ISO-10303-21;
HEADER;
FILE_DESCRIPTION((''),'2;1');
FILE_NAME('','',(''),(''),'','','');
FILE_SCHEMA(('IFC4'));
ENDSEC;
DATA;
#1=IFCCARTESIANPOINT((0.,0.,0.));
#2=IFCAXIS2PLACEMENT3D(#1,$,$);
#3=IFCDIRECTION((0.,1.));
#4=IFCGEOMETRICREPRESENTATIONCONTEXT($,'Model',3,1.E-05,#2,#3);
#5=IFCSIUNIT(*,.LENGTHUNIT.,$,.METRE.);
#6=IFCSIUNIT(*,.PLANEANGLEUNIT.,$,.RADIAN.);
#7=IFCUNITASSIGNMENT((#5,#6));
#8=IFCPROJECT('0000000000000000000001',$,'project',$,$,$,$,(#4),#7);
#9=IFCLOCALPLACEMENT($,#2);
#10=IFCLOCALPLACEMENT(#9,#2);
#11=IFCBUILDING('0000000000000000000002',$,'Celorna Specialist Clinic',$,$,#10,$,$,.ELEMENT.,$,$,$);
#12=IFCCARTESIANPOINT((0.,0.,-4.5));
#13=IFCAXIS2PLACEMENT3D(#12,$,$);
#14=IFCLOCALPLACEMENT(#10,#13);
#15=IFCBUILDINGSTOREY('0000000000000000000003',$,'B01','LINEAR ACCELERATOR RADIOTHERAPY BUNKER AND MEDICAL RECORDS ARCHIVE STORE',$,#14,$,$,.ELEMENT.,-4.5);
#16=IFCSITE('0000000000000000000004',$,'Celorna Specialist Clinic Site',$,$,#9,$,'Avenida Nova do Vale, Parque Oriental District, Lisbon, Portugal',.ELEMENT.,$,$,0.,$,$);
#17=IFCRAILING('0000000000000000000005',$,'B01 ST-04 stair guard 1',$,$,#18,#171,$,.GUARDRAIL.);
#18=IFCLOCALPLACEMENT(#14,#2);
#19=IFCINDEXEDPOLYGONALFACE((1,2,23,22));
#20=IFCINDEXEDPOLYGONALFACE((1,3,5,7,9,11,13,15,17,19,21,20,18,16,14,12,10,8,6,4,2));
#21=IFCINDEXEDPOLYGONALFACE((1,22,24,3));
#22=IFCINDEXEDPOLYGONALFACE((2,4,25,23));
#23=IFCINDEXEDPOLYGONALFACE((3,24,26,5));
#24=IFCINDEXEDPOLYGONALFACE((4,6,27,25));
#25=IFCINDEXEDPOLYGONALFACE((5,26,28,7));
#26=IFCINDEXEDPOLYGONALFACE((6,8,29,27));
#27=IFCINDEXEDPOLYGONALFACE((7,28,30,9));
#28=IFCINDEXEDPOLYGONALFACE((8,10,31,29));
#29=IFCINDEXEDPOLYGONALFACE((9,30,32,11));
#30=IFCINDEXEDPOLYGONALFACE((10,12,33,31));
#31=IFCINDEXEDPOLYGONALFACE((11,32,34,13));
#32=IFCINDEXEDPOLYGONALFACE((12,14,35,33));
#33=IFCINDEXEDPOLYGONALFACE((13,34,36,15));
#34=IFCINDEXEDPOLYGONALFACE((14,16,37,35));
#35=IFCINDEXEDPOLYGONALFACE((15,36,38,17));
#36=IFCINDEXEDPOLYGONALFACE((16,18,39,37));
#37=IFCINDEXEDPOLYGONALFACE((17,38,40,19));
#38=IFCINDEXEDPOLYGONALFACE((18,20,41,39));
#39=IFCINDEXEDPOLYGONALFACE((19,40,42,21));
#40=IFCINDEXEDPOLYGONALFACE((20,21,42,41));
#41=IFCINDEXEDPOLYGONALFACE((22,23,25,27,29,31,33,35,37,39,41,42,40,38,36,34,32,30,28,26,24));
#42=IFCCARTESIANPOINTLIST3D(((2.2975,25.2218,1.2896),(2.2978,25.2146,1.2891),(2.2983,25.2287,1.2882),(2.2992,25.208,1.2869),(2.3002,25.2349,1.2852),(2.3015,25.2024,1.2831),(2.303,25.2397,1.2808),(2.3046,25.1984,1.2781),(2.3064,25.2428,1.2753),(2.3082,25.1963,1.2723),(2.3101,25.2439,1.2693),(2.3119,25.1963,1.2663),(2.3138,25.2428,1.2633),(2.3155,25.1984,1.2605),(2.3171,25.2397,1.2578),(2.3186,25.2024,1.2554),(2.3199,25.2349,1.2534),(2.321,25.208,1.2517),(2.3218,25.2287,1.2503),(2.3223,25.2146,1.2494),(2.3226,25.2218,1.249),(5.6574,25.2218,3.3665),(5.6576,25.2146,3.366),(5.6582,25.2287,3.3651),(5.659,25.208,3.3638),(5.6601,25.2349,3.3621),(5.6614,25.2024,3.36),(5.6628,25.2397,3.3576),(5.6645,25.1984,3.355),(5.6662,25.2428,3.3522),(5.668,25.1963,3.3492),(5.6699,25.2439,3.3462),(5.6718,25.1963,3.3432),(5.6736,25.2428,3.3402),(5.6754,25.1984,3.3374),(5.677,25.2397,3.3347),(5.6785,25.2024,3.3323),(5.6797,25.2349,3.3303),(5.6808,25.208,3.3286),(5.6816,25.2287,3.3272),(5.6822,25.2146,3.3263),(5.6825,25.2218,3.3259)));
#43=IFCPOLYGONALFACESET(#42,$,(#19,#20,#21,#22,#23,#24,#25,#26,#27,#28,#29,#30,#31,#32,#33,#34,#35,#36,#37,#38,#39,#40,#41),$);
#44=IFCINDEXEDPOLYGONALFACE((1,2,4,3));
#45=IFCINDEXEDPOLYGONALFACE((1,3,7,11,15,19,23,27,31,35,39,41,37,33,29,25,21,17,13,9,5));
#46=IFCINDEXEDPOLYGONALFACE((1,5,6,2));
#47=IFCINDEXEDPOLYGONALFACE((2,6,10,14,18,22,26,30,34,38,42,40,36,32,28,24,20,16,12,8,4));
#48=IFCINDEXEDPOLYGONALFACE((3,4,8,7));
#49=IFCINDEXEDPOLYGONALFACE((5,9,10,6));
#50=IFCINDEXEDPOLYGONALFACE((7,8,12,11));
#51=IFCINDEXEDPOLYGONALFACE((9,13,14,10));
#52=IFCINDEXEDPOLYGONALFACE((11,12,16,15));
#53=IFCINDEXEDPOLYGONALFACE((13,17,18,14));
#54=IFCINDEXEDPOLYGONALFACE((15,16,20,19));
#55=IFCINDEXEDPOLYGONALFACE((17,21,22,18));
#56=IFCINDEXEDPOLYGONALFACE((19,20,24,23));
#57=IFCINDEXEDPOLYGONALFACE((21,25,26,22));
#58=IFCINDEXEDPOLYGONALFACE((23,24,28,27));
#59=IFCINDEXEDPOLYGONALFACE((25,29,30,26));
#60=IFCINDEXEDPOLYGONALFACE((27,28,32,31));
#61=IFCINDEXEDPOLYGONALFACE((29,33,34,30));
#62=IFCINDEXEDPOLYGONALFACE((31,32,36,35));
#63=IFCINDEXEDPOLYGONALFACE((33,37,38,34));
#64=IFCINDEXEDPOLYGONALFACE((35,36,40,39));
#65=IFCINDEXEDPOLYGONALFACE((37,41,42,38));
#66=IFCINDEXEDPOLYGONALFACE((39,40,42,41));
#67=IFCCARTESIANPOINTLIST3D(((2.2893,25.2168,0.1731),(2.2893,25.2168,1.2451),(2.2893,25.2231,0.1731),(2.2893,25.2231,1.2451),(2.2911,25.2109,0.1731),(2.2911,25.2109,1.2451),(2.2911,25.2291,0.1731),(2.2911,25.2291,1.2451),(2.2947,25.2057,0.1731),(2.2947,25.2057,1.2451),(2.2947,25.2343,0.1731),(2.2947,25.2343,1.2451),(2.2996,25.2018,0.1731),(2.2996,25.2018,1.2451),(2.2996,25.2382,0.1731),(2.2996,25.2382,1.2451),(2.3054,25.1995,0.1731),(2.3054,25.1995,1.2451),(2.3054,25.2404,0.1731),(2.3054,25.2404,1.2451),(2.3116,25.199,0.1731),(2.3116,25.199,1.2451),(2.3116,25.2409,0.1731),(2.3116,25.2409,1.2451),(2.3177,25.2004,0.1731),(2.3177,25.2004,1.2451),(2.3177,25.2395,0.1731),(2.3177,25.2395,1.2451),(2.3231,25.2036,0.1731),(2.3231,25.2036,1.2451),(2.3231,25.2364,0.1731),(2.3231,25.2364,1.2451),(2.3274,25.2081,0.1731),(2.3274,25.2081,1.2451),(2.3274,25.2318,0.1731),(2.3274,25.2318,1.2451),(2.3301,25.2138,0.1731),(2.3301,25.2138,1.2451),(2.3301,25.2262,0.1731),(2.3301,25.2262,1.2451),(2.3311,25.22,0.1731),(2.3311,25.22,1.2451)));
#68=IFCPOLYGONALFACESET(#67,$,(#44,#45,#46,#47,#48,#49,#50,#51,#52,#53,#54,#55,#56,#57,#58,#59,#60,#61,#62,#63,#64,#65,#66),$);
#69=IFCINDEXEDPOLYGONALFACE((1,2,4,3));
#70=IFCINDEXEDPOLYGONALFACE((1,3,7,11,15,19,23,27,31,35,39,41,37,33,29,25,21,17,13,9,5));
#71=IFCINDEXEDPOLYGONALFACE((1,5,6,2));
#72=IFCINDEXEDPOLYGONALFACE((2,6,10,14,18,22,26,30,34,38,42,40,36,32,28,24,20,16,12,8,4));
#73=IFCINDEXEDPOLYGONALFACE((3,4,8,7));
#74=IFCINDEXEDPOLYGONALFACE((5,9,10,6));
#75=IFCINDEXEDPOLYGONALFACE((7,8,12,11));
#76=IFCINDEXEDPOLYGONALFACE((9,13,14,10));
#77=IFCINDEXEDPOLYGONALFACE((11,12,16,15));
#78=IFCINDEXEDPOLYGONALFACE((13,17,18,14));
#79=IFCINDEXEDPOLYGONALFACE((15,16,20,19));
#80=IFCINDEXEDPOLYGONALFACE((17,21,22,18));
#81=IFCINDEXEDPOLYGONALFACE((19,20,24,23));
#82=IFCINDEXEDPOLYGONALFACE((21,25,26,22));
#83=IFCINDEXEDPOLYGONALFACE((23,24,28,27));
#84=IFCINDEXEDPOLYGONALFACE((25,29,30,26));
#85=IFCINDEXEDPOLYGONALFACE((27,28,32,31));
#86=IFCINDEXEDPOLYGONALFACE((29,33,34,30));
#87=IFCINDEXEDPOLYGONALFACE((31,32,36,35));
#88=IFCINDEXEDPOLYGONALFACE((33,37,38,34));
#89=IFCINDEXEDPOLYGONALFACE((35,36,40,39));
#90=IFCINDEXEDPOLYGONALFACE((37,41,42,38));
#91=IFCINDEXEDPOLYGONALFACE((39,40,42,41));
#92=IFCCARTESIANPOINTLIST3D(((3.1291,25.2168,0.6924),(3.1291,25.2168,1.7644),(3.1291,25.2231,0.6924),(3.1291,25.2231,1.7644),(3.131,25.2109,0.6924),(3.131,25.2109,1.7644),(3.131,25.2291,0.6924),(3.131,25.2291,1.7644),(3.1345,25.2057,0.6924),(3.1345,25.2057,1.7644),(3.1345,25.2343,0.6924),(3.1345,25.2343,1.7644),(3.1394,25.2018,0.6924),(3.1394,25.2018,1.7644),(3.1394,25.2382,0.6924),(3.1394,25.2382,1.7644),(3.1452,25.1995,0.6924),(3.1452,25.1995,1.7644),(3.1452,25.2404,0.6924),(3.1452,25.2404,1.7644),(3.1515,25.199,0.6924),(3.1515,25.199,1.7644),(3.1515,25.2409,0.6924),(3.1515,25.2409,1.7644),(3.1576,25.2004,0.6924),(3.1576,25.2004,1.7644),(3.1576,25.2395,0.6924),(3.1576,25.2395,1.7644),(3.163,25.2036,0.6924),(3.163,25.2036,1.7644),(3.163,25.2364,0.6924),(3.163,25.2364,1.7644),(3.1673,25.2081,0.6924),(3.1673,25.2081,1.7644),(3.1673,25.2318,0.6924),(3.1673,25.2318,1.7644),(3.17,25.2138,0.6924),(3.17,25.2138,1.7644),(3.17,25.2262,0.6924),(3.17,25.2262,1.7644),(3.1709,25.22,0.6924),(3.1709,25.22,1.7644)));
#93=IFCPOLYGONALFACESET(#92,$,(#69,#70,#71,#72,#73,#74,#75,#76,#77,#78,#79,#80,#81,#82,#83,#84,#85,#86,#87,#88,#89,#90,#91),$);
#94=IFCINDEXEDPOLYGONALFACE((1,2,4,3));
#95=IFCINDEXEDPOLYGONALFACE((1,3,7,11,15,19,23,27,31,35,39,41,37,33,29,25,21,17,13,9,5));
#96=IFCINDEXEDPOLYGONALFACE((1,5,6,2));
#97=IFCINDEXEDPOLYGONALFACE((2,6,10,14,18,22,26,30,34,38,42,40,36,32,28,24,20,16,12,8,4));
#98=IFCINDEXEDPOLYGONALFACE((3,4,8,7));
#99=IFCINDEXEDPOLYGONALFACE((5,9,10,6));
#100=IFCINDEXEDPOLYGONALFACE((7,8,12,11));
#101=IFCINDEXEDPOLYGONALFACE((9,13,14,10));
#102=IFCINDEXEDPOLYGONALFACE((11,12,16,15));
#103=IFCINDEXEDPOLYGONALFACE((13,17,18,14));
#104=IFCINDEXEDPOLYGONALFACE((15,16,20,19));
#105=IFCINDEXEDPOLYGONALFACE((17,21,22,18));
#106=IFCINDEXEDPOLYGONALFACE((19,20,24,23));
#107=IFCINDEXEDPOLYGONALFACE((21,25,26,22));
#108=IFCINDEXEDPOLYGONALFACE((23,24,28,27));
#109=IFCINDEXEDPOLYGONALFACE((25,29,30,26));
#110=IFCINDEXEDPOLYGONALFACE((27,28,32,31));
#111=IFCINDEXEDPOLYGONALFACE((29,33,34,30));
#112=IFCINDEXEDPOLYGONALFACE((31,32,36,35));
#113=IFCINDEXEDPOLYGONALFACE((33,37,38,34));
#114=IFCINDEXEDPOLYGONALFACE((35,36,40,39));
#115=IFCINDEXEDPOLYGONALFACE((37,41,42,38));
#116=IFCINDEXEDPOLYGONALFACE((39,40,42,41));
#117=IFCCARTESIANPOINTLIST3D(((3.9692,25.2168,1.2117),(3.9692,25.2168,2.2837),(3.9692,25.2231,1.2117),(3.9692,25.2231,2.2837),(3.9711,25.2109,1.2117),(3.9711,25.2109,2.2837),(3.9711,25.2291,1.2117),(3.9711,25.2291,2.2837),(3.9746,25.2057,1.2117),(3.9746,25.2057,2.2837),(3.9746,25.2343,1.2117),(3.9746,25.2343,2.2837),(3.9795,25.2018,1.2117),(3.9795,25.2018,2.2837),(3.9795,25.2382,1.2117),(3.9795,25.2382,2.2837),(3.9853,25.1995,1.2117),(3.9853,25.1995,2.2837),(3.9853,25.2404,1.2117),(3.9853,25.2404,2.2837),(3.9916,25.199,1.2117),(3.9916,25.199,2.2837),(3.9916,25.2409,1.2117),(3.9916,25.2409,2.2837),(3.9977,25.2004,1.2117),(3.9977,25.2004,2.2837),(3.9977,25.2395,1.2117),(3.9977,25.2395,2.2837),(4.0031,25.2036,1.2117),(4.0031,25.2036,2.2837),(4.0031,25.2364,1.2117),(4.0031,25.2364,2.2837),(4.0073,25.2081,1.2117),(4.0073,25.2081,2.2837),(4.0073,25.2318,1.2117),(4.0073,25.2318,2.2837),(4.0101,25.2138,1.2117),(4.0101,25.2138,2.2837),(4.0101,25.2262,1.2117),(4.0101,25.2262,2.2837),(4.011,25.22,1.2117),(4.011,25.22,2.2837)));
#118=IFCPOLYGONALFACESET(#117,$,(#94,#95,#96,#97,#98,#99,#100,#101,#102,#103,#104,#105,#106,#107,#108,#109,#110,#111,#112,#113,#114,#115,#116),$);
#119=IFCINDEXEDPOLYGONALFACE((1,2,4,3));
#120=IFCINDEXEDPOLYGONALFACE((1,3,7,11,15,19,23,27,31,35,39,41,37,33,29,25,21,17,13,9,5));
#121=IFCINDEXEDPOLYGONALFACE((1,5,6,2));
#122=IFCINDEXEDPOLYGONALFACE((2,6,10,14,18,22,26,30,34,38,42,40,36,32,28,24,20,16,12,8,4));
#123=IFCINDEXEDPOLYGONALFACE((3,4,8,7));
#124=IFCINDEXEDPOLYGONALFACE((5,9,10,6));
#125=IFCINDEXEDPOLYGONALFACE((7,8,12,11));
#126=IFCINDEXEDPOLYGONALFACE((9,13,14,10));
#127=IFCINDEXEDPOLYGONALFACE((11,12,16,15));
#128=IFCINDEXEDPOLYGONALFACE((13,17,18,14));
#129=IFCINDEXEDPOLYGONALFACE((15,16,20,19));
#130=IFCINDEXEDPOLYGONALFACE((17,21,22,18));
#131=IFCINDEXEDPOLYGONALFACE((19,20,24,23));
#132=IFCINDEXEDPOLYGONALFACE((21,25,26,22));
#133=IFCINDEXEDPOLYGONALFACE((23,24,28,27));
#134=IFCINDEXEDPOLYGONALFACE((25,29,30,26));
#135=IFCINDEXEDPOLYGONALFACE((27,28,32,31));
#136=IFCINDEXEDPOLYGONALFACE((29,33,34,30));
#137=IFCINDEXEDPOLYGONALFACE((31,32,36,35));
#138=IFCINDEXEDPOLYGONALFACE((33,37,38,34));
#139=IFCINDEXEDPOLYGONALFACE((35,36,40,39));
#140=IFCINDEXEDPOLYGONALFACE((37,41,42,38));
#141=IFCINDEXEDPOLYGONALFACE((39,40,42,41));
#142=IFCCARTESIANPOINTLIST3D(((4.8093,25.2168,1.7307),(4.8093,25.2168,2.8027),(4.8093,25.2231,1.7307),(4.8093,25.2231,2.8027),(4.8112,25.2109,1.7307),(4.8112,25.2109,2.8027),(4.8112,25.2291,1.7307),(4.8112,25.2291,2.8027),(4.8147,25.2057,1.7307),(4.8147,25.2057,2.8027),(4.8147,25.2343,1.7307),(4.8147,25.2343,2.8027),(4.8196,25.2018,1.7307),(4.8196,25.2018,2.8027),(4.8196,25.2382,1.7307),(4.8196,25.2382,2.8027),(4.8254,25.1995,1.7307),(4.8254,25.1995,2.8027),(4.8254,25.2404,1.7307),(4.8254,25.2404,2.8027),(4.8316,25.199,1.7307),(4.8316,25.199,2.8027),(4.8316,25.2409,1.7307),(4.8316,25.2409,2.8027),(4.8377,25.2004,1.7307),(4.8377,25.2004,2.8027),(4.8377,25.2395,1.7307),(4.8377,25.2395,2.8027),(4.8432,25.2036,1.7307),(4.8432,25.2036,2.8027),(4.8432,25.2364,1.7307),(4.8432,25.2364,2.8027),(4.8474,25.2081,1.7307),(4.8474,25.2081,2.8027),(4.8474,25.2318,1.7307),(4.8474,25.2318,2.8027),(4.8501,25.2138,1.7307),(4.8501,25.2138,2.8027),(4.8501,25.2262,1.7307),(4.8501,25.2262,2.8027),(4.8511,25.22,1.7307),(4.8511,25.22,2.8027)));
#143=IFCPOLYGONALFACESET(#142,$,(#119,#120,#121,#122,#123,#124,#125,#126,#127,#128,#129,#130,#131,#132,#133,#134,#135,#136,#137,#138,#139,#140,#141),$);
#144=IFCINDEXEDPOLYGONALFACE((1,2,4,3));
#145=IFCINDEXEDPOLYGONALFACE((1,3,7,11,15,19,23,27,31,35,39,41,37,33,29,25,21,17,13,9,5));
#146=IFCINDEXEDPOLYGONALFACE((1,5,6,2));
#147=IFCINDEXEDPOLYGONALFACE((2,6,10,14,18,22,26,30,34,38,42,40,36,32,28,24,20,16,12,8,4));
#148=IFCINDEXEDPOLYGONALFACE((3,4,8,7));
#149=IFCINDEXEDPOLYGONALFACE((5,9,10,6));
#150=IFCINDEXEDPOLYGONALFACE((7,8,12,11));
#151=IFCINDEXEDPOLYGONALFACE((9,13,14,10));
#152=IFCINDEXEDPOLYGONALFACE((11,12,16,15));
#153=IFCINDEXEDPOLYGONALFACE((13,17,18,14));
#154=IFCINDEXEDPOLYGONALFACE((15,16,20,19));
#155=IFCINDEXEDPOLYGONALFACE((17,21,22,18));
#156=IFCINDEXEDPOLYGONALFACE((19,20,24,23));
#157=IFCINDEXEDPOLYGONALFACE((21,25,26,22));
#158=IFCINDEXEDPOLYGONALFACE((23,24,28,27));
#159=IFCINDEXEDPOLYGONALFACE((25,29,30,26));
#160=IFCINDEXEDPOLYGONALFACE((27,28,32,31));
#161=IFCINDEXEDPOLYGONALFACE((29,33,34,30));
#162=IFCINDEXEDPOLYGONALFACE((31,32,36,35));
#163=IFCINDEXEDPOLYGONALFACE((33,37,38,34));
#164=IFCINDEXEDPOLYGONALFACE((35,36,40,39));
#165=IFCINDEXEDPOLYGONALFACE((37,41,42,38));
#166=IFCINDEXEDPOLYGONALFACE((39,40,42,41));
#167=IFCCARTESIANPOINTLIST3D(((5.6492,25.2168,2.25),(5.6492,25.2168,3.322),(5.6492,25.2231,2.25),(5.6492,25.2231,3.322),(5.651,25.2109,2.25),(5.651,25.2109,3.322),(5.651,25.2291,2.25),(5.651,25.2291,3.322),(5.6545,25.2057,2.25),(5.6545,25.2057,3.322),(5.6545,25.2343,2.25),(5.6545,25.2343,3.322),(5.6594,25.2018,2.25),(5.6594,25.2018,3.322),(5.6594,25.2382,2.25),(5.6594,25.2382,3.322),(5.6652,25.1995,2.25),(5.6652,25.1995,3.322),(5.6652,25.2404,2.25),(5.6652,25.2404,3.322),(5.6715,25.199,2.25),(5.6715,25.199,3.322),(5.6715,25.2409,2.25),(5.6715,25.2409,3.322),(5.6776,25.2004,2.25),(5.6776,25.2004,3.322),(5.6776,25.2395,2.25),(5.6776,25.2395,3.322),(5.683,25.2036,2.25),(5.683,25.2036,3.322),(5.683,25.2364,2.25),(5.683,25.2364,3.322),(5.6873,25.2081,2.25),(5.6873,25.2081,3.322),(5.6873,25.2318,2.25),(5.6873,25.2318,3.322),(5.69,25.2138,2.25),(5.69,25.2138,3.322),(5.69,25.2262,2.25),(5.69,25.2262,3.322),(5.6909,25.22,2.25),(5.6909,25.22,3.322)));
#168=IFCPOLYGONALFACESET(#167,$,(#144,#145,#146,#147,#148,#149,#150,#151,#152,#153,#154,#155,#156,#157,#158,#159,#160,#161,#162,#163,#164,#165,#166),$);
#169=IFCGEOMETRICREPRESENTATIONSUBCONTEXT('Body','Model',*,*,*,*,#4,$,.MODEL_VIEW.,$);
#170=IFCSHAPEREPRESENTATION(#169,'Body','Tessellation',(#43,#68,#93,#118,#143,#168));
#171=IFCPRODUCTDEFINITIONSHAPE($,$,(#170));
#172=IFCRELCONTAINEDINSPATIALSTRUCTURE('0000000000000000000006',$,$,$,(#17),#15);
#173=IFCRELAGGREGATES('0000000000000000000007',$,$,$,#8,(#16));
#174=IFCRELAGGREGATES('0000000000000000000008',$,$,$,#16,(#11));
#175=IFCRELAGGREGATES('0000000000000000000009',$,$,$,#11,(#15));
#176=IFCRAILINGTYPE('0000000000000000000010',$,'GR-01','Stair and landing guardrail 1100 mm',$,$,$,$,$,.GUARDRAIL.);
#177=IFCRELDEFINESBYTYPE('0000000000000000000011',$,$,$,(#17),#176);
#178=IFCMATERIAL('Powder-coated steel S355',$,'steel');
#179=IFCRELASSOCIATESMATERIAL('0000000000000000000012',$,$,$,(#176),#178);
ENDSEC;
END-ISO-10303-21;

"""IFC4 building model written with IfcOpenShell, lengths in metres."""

from ifc_helpers import new_model, si_unit, direction, frame, origin, origin_2d, place, context, subcontext, project, spatial, circle, extrude, material, type_object, element, save


model = new_model("IFC4")

# Units and contexts
model_context = context("Model", 3, precision=1e-05, world=origin(), true_north=direction((0.0, 1.0)))
body_context = subcontext(model_context, "Body", "Model", "MODEL_VIEW")
ifc_project = project(units=[si_unit("LENGTHUNIT", "METRE"), si_unit("PLANEANGLEUNIT", "RADIAN")], contexts=[model_context])

# Site, building, storey
site_placement = place(None, origin())
site = spatial("IfcSite", under=ifc_project, at=site_placement, Name="Celorna Specialist Clinic Site", LongName="Avenida Nova do Vale, Parque Oriental District, Lisbon, Portugal", CompositionType="ELEMENT", RefElevation=0.0)
building_placement = place(site_placement, origin())
building = spatial("IfcBuilding", under=site, at=building_placement, Name="Celorna Specialist Clinic", CompositionType="ELEMENT")
storey_placement = place(building_placement, frame((0.0, 0.0, -4.5)))
storey = spatial("IfcBuildingStorey", under=building, at=storey_placement, Name="B01", Description="LINEAR ACCELERATOR RADIOTHERAPY BUNKER AND MEDICAL RECORDS ARCHIVE STORE", CompositionType="ELEMENT", Elevation=-4.5)

# Railing
ifc_material_1 = material(Name="Powder-coated steel S355", Category="steel")
railing_type_1 = type_object("IfcRailingType", Name="GR-01", Description="Stair and landing guardrail 1100 mm", PredefinedType="GUARDRAIL", material=ifc_material_1)
railing_1_placement = place(storey_placement, frame((2.3101, 25.22, 0.1731)))
element("IfcRailing", 1, at=railing_1_placement, inside=storey, type_object=railing_type_1, Name="B01 ST-04 stair guard 1", PredefinedType="GUARDRAIL", context=body_context, shape_type="SweptSolid", body=[
    extrude(circle(Radius=0.0239, at=origin_2d()), frame((0.0, 0.0, 1.0962), z_axis=(0.850606, 0.0, 0.525803), x_axis=(0.0, 1.0, 0.0)), (0.0, 0.0, 1.0), 3.95),
    extrude(circle(Radius=0.021, at=origin_2d()), origin(), (0.0, 0.0, 1.0), 1.072),
    extrude(circle(Radius=0.021, at=origin_2d()), frame((0.8398, 0.0, 0.5193)), (0.0, 0.0, 1.0), 1.072),
    extrude(circle(Radius=0.021, at=origin_2d()), frame((1.6799, 0.0, 1.0386)), (0.0, 0.0, 1.0), 1.072),
    extrude(circle(Radius=0.021, at=origin_2d()), frame((2.52, 0.0, 1.5576)), (0.0, 0.0, 1.0), 1.072),
    extrude(circle(Radius=0.021, at=origin_2d()), frame((3.3599, 0.0, 2.0769)), (0.0, 0.0, 1.0), 1.072),
])

save(model, "model.ifc")
